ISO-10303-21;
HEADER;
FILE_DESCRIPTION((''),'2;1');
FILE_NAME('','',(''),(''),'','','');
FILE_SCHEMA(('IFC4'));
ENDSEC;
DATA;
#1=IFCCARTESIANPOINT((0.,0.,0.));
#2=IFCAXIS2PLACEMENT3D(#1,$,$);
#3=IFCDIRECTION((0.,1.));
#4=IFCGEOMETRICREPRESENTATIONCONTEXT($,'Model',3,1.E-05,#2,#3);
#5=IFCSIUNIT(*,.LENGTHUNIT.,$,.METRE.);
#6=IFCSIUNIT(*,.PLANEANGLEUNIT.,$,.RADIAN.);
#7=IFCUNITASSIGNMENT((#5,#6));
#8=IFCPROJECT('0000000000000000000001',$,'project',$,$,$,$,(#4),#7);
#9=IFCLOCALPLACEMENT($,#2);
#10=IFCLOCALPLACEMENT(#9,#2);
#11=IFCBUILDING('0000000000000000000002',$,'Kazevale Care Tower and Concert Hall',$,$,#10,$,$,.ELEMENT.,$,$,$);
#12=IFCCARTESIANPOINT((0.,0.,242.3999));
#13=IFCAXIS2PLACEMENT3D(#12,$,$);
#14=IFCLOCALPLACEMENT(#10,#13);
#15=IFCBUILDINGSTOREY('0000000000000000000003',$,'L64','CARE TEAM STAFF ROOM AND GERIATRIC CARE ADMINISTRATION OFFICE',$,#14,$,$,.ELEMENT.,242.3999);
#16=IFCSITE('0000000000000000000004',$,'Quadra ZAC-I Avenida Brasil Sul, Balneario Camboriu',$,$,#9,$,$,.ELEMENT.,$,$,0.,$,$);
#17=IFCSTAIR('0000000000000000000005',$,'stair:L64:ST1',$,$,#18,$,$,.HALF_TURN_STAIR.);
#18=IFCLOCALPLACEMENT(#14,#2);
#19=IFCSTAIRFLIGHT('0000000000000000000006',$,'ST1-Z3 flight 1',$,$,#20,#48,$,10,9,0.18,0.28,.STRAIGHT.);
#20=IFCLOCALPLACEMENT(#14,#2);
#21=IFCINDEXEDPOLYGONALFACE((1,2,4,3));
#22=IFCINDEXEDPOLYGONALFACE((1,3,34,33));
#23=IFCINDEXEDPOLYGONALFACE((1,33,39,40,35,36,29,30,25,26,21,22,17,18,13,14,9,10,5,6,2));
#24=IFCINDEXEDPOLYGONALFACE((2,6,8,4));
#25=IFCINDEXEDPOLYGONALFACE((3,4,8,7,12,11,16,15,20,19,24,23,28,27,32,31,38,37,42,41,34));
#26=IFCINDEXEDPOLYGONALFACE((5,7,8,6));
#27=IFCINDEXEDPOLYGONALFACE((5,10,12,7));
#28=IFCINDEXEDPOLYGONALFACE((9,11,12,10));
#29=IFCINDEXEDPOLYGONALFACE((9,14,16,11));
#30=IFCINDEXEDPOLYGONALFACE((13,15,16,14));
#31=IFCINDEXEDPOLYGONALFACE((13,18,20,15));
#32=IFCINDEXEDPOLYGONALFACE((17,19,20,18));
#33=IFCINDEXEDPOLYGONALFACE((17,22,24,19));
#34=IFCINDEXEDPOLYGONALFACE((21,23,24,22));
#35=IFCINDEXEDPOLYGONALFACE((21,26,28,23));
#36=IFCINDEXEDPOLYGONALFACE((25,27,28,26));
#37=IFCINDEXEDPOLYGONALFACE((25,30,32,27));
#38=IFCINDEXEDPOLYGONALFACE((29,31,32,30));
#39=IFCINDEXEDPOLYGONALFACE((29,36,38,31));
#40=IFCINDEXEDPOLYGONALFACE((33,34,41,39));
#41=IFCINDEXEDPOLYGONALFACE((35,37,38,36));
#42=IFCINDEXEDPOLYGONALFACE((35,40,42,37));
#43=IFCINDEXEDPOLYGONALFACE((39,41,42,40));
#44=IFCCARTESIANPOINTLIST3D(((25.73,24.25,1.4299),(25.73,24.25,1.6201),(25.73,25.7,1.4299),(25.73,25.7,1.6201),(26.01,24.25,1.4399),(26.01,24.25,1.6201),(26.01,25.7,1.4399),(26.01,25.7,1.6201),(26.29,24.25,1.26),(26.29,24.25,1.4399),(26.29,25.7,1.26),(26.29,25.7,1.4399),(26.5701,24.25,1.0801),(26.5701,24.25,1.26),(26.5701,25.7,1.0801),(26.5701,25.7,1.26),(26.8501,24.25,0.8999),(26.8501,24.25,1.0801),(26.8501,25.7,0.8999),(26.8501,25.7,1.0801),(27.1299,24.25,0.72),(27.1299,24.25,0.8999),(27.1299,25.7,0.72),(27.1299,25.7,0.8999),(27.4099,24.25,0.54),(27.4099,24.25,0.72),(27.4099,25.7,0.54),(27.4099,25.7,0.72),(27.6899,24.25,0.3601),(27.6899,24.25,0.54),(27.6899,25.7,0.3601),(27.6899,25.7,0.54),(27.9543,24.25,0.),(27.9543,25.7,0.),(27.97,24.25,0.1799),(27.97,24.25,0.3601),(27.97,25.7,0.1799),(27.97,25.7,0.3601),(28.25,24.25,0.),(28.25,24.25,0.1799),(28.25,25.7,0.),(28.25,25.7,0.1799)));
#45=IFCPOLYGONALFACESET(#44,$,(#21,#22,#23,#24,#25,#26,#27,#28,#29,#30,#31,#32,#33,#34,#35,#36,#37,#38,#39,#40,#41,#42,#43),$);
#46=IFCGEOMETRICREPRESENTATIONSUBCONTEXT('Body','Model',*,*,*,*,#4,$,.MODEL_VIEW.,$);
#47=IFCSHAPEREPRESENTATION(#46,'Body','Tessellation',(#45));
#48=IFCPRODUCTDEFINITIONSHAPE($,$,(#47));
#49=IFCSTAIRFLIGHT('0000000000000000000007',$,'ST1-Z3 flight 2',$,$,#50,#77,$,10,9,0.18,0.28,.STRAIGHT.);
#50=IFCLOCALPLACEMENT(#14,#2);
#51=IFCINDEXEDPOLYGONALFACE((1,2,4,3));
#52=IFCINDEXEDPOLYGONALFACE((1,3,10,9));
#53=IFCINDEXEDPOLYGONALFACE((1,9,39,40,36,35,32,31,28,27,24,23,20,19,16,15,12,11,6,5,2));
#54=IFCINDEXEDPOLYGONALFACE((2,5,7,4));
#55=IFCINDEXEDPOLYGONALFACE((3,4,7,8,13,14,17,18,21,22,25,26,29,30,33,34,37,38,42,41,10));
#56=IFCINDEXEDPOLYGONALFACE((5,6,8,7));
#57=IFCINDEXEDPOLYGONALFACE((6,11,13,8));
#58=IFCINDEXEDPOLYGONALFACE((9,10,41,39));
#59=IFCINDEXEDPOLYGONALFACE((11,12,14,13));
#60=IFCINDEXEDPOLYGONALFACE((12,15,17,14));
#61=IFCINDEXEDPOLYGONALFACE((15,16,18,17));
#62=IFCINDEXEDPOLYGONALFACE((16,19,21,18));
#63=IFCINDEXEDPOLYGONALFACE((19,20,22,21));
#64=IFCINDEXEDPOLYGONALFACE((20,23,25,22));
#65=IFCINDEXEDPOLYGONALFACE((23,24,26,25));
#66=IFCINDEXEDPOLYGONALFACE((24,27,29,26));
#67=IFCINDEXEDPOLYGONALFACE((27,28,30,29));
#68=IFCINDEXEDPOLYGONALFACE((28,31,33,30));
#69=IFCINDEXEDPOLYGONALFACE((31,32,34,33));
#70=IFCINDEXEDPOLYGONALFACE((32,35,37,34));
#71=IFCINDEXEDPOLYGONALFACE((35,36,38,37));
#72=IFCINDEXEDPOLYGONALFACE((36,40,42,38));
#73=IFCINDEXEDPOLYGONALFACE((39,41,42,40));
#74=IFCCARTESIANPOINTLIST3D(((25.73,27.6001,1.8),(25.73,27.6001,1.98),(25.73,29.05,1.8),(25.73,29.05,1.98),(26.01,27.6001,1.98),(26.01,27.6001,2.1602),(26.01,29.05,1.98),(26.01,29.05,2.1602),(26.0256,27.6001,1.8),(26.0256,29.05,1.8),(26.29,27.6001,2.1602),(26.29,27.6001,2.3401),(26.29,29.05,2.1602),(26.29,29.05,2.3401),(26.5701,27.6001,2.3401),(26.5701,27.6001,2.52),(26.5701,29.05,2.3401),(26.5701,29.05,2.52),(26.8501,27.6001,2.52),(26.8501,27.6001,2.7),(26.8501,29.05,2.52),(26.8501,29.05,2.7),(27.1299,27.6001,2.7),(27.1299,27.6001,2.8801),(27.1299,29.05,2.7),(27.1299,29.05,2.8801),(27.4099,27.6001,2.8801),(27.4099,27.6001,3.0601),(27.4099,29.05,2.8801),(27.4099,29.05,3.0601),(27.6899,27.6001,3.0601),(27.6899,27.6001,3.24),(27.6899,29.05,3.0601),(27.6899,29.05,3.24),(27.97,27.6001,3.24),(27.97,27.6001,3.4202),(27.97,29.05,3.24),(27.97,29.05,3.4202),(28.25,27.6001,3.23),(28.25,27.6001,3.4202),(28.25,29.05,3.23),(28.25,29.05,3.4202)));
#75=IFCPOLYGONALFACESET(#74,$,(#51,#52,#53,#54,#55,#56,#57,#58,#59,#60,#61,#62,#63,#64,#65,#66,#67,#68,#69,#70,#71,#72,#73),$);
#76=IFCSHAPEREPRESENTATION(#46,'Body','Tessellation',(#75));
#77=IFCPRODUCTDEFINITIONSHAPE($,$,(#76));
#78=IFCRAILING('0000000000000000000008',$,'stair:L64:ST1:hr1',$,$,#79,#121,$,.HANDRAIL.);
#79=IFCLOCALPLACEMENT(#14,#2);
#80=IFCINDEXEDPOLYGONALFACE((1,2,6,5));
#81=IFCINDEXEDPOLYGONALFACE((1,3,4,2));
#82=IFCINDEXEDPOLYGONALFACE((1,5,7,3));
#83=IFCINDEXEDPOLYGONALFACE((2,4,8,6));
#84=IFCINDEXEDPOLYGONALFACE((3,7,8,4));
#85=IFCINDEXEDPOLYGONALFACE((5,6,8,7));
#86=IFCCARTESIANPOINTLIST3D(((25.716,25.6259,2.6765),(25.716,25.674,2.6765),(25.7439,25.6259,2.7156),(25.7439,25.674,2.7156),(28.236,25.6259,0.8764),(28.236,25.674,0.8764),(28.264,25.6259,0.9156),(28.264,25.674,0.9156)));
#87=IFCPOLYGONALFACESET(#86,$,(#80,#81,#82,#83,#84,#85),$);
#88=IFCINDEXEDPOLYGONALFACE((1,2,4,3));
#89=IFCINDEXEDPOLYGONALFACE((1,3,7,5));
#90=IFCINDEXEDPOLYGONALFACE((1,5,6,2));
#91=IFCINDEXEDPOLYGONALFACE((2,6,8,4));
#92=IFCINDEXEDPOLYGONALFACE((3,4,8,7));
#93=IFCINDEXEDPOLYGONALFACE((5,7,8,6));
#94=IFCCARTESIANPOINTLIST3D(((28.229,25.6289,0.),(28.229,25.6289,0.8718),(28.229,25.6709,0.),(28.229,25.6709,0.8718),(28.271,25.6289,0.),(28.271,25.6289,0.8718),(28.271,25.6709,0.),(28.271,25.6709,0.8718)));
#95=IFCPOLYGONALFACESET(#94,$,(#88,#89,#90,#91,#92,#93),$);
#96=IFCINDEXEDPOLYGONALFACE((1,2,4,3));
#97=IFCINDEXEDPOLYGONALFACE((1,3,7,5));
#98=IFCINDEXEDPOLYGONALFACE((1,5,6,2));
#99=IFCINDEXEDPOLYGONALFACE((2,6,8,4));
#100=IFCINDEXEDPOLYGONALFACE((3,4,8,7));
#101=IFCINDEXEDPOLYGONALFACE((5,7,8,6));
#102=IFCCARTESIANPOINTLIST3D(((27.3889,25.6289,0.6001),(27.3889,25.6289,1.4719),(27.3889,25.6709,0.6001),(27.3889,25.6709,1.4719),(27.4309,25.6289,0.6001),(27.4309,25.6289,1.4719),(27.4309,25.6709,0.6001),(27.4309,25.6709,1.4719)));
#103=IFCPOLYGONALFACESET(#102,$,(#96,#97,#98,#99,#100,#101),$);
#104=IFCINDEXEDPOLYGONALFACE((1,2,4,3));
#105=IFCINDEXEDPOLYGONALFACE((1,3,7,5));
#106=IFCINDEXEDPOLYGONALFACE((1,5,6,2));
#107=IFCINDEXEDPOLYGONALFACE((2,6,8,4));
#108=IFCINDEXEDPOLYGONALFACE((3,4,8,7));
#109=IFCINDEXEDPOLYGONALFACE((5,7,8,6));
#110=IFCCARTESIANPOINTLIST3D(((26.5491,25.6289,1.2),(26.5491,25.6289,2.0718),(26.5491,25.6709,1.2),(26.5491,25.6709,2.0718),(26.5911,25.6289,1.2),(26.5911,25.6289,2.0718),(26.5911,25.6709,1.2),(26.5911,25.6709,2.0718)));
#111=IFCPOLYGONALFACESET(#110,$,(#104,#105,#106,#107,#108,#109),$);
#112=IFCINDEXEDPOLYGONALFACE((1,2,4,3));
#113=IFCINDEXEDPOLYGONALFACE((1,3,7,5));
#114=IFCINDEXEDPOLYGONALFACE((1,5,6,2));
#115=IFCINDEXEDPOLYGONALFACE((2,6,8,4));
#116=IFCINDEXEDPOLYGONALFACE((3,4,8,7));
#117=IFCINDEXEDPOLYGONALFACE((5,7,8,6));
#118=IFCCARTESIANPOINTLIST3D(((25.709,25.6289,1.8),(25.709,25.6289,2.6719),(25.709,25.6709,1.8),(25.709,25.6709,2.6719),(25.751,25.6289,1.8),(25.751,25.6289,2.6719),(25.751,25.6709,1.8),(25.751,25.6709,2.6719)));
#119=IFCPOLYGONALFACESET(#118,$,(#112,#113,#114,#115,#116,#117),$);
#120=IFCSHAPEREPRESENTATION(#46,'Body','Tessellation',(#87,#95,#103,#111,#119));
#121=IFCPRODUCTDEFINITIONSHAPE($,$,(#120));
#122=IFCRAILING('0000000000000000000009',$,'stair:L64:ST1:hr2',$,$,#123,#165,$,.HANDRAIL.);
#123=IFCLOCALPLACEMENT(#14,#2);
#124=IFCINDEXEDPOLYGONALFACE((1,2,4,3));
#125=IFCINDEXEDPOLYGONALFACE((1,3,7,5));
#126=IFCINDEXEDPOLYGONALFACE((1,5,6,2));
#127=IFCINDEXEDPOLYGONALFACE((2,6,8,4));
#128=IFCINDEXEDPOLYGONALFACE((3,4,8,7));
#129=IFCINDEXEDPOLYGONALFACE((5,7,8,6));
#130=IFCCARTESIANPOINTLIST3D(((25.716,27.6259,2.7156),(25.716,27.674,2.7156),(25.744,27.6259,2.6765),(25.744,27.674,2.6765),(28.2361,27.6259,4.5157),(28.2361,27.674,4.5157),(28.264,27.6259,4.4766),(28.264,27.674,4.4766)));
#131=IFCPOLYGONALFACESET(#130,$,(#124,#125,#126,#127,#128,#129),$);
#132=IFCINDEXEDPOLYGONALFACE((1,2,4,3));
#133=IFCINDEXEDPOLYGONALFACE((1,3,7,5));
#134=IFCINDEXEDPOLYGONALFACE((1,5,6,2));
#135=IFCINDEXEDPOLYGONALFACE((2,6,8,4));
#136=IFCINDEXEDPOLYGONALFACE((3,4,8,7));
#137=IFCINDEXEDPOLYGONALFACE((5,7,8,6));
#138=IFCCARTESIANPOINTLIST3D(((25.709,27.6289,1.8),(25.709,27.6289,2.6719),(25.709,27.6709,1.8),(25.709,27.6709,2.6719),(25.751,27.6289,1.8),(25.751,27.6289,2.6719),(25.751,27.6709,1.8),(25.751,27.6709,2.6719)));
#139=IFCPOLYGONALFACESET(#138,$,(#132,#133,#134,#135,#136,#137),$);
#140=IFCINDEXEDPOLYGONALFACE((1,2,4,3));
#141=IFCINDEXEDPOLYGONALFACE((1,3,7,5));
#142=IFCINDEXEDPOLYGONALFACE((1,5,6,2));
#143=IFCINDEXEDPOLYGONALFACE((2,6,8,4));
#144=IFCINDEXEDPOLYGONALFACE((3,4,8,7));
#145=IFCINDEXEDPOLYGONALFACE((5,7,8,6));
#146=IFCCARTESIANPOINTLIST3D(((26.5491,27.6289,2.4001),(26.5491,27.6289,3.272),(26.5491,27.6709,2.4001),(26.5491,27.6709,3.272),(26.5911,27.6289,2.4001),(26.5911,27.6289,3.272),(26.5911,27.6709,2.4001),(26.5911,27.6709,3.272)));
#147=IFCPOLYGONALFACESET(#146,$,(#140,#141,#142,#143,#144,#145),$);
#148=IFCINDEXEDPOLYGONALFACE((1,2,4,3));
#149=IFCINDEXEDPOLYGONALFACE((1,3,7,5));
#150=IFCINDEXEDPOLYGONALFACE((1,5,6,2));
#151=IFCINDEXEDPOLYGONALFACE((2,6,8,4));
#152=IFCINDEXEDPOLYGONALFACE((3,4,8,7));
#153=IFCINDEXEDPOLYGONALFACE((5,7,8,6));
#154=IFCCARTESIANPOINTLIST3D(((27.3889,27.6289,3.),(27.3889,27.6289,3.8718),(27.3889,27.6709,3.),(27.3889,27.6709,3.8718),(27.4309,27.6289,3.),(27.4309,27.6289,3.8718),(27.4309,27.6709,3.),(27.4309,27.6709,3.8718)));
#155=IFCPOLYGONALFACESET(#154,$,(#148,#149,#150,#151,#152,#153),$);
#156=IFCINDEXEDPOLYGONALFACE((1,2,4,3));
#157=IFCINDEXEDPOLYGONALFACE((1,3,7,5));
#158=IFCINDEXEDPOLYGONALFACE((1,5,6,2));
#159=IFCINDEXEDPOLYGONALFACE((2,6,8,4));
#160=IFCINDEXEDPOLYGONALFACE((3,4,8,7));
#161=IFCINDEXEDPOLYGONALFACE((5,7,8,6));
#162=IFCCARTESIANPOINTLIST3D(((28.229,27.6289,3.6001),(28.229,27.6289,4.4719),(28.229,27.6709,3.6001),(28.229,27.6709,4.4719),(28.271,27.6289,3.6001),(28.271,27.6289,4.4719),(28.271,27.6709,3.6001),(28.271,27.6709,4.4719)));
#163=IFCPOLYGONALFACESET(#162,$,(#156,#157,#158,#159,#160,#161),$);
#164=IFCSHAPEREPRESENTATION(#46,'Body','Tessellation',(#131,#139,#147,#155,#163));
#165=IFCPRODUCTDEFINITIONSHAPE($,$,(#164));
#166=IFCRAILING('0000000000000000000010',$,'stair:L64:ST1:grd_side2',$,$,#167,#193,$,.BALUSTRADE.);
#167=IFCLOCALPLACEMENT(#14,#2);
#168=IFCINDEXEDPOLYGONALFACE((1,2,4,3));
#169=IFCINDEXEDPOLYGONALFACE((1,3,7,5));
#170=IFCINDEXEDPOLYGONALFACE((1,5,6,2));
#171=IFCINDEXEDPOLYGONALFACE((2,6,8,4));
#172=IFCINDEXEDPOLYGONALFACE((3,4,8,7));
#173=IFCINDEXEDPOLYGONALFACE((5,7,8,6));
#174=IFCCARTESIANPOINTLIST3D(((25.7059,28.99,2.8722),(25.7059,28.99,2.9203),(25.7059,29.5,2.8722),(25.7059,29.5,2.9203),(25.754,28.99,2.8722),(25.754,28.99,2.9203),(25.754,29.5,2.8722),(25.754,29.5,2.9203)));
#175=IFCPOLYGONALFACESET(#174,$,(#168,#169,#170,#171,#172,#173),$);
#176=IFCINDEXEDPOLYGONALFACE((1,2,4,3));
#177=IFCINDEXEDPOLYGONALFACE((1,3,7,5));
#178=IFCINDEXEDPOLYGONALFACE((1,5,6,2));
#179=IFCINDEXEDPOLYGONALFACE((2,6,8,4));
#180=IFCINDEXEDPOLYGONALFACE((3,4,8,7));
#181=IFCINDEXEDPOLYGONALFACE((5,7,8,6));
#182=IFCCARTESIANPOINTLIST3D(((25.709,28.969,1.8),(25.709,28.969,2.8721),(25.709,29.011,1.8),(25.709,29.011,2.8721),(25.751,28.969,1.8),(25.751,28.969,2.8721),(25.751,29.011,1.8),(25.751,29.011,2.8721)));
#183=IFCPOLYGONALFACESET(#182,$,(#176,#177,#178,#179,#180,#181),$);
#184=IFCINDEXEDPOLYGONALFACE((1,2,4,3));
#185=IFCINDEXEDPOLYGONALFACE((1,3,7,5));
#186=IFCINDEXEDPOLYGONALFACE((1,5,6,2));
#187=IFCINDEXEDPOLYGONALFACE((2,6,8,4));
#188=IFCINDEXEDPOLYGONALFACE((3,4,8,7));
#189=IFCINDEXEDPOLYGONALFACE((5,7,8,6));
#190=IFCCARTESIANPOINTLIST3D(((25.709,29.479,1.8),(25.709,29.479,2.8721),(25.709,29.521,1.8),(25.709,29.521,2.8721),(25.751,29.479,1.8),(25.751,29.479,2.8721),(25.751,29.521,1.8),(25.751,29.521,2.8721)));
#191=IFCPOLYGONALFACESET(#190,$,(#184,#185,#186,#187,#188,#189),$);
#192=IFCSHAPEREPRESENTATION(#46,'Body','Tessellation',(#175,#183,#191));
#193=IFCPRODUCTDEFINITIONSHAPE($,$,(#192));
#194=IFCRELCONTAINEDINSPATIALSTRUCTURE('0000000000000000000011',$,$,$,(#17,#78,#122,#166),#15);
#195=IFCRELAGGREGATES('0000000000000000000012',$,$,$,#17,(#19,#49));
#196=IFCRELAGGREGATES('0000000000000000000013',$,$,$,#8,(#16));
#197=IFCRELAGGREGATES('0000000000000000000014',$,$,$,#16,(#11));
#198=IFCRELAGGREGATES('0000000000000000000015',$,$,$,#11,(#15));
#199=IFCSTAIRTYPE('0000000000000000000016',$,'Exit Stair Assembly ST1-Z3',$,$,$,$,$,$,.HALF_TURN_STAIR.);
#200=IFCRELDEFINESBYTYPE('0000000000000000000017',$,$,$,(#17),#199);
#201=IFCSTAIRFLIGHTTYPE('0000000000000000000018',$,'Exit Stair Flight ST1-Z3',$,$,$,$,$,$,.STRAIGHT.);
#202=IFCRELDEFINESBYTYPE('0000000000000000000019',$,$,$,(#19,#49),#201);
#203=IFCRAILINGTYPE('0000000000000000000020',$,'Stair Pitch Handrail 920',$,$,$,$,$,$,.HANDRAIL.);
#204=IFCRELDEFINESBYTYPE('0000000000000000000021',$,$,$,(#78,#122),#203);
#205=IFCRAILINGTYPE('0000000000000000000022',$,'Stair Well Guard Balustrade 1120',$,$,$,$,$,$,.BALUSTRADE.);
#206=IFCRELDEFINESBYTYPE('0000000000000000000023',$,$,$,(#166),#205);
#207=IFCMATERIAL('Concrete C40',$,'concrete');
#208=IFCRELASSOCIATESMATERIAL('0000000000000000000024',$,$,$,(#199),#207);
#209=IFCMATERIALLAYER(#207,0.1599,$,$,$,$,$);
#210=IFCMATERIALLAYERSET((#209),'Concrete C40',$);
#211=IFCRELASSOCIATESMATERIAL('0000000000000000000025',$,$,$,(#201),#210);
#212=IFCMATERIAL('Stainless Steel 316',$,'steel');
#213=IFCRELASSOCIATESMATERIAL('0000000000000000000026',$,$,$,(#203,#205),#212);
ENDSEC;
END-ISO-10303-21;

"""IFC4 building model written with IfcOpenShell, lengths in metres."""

from ifc_helpers import new_model, si_unit, direction, frame, origin, origin_2d, place, context, subcontext, project, spatial, polyline, rectangle, outline, extrude, material, layer, layer_set, type_object, element, aggregate, save


model = new_model("IFC4")

# Units and contexts
model_context = context("Model", 3, precision=1e-05, world=origin(), true_north=direction((0.0, 1.0)))
body_context = subcontext(model_context, "Body", "Model", "MODEL_VIEW")
ifc_project = project(units=[si_unit("LENGTHUNIT", "METRE"), si_unit("PLANEANGLEUNIT", "RADIAN")], contexts=[model_context])

# Site, building, storey
site_placement = place(None, origin())
site = spatial("IfcSite", under=ifc_project, at=site_placement, Name="Quadra ZAC-I Avenida Brasil Sul, Balneario Camboriu", CompositionType="ELEMENT", RefElevation=0.0)
building_placement = place(site_placement, origin())
building = spatial("IfcBuilding", under=site, at=building_placement, Name="Kazevale Care Tower and Concert Hall", CompositionType="ELEMENT")
storey_placement = place(building_placement, frame((0.0, 0.0, 242.3999)))
storey = spatial("IfcBuildingStorey", under=building, at=storey_placement, Name="L64", Description="CARE TEAM STAFF ROOM AND GERIATRIC CARE ADMINISTRATION OFFICE", CompositionType="ELEMENT", Elevation=242.3999)

# Shared definitions
ifc_material_1 = material(Name="Concrete C40", Category="concrete")
ifc_material_2 = material(Name="Stainless Steel 316", Category="steel")

# Stair, stair flights
stair_type = type_object("IfcStairType", Name="Exit Stair Assembly ST1-Z3", PredefinedType="HALF_TURN_STAIR", material=ifc_material_1)
stair_placement = place(storey_placement, origin())
stair = element("IfcStair", 1, at=stair_placement, inside=storey, type_object=stair_type, Name="stair:L64:ST1", PredefinedType="HALF_TURN_STAIR")
ifc_layer_1 = layer(ifc_material_1, 0.1599)
ifc_layer_set_1 = layer_set([ifc_layer_1], Name="Concrete C40")
stair_flight_type = type_object("IfcStairFlightType", Name="Exit Stair Flight ST1-Z3", PredefinedType="STRAIGHT", material=ifc_layer_set_1)
stair_flight_1_placement = place(storey_placement, frame((28.25, 24.9751, 0.0), z_axis=(0.0, 0.0, 1.0), x_axis=(-1.0, 0.0, 0.0)))
stair_flight_1 = element("IfcStairFlight", 2, at=stair_flight_1_placement, type_object=stair_flight_type, Name="ST1-Z3 flight 1", NumberOfRisers=10, NumberOfTreads=9, PredefinedType="STRAIGHT", RiserHeight=0.18, TreadLength=0.28, context=body_context, shape_type="SweptSolid", body=[
    extrude(outline(polyline([(0.0, 0.0), (0.0, 0.1799), (0.28, 0.1799), (0.28, 0.3601), (0.5601, 0.3601), (0.5601, 0.54), (0.8401, 0.54), (0.8401, 0.72), (1.1201, 0.72), (1.1201, 0.8999), (1.3999, 0.8999), (1.3999, 1.0801), (1.6799, 1.0801), (1.6799, 1.26), (1.96, 1.26), (1.96, 1.4399), (2.24, 1.4399), (2.24, 1.6201), (2.52, 1.6201), (2.52, 1.8), (2.52, 1.4299), (0.2957, 0.0), (0.0, 0.0)])), frame((0.0, 0.7251, 0.0), z_axis=(0.0, -1.0, 0.0), x_axis=(1.0, 0.0, 0.0)), (0.0, 0.0, 1.0), 1.45),
])
stair_flight_2_placement = place(storey_placement, frame((25.73, 28.325, 1.8), z_axis=(0.0, 0.0, 1.0), x_axis=(1.0, 0.0, 0.0)))
stair_flight_2 = element("IfcStairFlight", 3, at=stair_flight_2_placement, type_object=stair_flight_type, Name="ST1-Z3 flight 2", NumberOfRisers=10, NumberOfTreads=9, PredefinedType="STRAIGHT", RiserHeight=0.18, TreadLength=0.28, context=body_context, shape_type="SweptSolid", body=[
    extrude(outline(polyline([(0.0, 0.0), (0.0, 0.1799), (0.28, 0.1799), (0.28, 0.3601), (0.5601, 0.3601), (0.5601, 0.54), (0.8401, 0.54), (0.8401, 0.72), (1.1201, 0.72), (1.1201, 0.8999), (1.3999, 0.8999), (1.3999, 1.0801), (1.6799, 1.0801), (1.6799, 1.26), (1.96, 1.26), (1.96, 1.4399), (2.24, 1.4399), (2.24, 1.6201), (2.52, 1.6201), (2.52, 1.8), (2.52, 1.4299), (0.2957, 0.0), (0.0, 0.0)])), frame((0.0, 0.7251, 0.0), z_axis=(0.0, -1.0, 0.0), x_axis=(1.0, 0.0, 0.0)), (0.0, 0.0, 1.0), 1.45),
])
aggregate(stair, [stair_flight_1, stair_flight_2])

# Railings
railing_type_1 = type_object("IfcRailingType", Name="Stair Pitch Handrail 920", PredefinedType="HANDRAIL", material=ifc_material_2)
railing_1_placement = place(storey_placement, frame((28.25, 25.6499, 0.0)))
element("IfcRailing", 4, at=railing_1_placement, inside=storey, type_object=railing_type_1, Name="stair:L64:ST1:hr1", PredefinedType="HANDRAIL", context=body_context, shape_type="SweptSolid", body=[
    extrude(rectangle(XDim=0.0481, YDim=0.0481, at=origin_2d()), frame((0.0, 0.0, 0.896), z_axis=(-0.813728, 0.0, 0.581246), x_axis=(0.0, -1.0, 0.0)), (0.0, 0.0, 1.0), 3.0969),
    extrude(rectangle(XDim=0.042, YDim=0.042, at=origin_2d()), origin(), (0.0, 0.0, 1.0), 0.8718),
    extrude(rectangle(XDim=0.042, YDim=0.042, at=origin_2d()), frame((-0.8401, 0.0, 0.6001)), (0.0, 0.0, 1.0), 0.8718),
    extrude(rectangle(XDim=0.042, YDim=0.042, at=origin_2d()), frame((-1.6799, 0.0, 1.2)), (0.0, 0.0, 1.0), 0.8718),
    extrude(rectangle(XDim=0.042, YDim=0.042, at=origin_2d()), frame((-2.52, 0.0, 1.8)), (0.0, 0.0, 1.0), 0.8718),
])
railing_2_placement = place(storey_placement, frame((25.73, 27.6499, 1.8)))
element("IfcRailing", 5, at=railing_2_placement, inside=storey, type_object=railing_type_1, Name="stair:L64:ST1:hr2", PredefinedType="HANDRAIL", context=body_context, shape_type="SweptSolid", body=[
    extrude(rectangle(XDim=0.0481, YDim=0.0481, at=origin_2d()), frame((0.0, 0.0, 0.896), z_axis=(0.813728, 0.0, 0.581246), x_axis=(0.0, 1.0, 0.0)), (0.0, 0.0, 1.0), 3.0969),
    extrude(rectangle(XDim=0.042, YDim=0.042, at=origin_2d()), origin(), (0.0, 0.0, 1.0), 0.8718),
    extrude(rectangle(XDim=0.042, YDim=0.042, at=origin_2d()), frame((0.8401, 0.0, 0.6001)), (0.0, 0.0, 1.0), 0.8718),
    extrude(rectangle(XDim=0.042, YDim=0.042, at=origin_2d()), frame((1.6799, 0.0, 1.2)), (0.0, 0.0, 1.0), 0.8718),
    extrude(rectangle(XDim=0.042, YDim=0.042, at=origin_2d()), frame((2.52, 0.0, 1.8)), (0.0, 0.0, 1.0), 0.8718),
])
railing_type_2 = type_object("IfcRailingType", Name="Stair Well Guard Balustrade 1120", PredefinedType="BALUSTRADE", material=ifc_material_2)
railing_3_placement = place(storey_placement, frame((25.73, 28.99, 1.8)))
element("IfcRailing", 6, at=railing_3_placement, inside=storey, type_object=railing_type_2, Name="stair:L64:ST1:grd_side2", PredefinedType="BALUSTRADE", context=body_context, shape_type="SweptSolid", body=[
    extrude(rectangle(XDim=0.0481, YDim=0.0481, at=origin_2d()), frame((0.0, 0.0, 1.0962), z_axis=(0.0, 1.0, 0.0), x_axis=(-1.0, 0.0, 0.0)), (0.0, 0.0, 1.0), 0.51),
    extrude(rectangle(XDim=0.042, YDim=0.042, at=origin_2d()), origin(), (0.0, 0.0, 1.0), 1.072),
    extrude(rectangle(XDim=0.042, YDim=0.042, at=origin_2d()), frame((0.0, 0.51, 0.0)), (0.0, 0.0, 1.0), 1.072),
])

save(model, "model.ifc")
